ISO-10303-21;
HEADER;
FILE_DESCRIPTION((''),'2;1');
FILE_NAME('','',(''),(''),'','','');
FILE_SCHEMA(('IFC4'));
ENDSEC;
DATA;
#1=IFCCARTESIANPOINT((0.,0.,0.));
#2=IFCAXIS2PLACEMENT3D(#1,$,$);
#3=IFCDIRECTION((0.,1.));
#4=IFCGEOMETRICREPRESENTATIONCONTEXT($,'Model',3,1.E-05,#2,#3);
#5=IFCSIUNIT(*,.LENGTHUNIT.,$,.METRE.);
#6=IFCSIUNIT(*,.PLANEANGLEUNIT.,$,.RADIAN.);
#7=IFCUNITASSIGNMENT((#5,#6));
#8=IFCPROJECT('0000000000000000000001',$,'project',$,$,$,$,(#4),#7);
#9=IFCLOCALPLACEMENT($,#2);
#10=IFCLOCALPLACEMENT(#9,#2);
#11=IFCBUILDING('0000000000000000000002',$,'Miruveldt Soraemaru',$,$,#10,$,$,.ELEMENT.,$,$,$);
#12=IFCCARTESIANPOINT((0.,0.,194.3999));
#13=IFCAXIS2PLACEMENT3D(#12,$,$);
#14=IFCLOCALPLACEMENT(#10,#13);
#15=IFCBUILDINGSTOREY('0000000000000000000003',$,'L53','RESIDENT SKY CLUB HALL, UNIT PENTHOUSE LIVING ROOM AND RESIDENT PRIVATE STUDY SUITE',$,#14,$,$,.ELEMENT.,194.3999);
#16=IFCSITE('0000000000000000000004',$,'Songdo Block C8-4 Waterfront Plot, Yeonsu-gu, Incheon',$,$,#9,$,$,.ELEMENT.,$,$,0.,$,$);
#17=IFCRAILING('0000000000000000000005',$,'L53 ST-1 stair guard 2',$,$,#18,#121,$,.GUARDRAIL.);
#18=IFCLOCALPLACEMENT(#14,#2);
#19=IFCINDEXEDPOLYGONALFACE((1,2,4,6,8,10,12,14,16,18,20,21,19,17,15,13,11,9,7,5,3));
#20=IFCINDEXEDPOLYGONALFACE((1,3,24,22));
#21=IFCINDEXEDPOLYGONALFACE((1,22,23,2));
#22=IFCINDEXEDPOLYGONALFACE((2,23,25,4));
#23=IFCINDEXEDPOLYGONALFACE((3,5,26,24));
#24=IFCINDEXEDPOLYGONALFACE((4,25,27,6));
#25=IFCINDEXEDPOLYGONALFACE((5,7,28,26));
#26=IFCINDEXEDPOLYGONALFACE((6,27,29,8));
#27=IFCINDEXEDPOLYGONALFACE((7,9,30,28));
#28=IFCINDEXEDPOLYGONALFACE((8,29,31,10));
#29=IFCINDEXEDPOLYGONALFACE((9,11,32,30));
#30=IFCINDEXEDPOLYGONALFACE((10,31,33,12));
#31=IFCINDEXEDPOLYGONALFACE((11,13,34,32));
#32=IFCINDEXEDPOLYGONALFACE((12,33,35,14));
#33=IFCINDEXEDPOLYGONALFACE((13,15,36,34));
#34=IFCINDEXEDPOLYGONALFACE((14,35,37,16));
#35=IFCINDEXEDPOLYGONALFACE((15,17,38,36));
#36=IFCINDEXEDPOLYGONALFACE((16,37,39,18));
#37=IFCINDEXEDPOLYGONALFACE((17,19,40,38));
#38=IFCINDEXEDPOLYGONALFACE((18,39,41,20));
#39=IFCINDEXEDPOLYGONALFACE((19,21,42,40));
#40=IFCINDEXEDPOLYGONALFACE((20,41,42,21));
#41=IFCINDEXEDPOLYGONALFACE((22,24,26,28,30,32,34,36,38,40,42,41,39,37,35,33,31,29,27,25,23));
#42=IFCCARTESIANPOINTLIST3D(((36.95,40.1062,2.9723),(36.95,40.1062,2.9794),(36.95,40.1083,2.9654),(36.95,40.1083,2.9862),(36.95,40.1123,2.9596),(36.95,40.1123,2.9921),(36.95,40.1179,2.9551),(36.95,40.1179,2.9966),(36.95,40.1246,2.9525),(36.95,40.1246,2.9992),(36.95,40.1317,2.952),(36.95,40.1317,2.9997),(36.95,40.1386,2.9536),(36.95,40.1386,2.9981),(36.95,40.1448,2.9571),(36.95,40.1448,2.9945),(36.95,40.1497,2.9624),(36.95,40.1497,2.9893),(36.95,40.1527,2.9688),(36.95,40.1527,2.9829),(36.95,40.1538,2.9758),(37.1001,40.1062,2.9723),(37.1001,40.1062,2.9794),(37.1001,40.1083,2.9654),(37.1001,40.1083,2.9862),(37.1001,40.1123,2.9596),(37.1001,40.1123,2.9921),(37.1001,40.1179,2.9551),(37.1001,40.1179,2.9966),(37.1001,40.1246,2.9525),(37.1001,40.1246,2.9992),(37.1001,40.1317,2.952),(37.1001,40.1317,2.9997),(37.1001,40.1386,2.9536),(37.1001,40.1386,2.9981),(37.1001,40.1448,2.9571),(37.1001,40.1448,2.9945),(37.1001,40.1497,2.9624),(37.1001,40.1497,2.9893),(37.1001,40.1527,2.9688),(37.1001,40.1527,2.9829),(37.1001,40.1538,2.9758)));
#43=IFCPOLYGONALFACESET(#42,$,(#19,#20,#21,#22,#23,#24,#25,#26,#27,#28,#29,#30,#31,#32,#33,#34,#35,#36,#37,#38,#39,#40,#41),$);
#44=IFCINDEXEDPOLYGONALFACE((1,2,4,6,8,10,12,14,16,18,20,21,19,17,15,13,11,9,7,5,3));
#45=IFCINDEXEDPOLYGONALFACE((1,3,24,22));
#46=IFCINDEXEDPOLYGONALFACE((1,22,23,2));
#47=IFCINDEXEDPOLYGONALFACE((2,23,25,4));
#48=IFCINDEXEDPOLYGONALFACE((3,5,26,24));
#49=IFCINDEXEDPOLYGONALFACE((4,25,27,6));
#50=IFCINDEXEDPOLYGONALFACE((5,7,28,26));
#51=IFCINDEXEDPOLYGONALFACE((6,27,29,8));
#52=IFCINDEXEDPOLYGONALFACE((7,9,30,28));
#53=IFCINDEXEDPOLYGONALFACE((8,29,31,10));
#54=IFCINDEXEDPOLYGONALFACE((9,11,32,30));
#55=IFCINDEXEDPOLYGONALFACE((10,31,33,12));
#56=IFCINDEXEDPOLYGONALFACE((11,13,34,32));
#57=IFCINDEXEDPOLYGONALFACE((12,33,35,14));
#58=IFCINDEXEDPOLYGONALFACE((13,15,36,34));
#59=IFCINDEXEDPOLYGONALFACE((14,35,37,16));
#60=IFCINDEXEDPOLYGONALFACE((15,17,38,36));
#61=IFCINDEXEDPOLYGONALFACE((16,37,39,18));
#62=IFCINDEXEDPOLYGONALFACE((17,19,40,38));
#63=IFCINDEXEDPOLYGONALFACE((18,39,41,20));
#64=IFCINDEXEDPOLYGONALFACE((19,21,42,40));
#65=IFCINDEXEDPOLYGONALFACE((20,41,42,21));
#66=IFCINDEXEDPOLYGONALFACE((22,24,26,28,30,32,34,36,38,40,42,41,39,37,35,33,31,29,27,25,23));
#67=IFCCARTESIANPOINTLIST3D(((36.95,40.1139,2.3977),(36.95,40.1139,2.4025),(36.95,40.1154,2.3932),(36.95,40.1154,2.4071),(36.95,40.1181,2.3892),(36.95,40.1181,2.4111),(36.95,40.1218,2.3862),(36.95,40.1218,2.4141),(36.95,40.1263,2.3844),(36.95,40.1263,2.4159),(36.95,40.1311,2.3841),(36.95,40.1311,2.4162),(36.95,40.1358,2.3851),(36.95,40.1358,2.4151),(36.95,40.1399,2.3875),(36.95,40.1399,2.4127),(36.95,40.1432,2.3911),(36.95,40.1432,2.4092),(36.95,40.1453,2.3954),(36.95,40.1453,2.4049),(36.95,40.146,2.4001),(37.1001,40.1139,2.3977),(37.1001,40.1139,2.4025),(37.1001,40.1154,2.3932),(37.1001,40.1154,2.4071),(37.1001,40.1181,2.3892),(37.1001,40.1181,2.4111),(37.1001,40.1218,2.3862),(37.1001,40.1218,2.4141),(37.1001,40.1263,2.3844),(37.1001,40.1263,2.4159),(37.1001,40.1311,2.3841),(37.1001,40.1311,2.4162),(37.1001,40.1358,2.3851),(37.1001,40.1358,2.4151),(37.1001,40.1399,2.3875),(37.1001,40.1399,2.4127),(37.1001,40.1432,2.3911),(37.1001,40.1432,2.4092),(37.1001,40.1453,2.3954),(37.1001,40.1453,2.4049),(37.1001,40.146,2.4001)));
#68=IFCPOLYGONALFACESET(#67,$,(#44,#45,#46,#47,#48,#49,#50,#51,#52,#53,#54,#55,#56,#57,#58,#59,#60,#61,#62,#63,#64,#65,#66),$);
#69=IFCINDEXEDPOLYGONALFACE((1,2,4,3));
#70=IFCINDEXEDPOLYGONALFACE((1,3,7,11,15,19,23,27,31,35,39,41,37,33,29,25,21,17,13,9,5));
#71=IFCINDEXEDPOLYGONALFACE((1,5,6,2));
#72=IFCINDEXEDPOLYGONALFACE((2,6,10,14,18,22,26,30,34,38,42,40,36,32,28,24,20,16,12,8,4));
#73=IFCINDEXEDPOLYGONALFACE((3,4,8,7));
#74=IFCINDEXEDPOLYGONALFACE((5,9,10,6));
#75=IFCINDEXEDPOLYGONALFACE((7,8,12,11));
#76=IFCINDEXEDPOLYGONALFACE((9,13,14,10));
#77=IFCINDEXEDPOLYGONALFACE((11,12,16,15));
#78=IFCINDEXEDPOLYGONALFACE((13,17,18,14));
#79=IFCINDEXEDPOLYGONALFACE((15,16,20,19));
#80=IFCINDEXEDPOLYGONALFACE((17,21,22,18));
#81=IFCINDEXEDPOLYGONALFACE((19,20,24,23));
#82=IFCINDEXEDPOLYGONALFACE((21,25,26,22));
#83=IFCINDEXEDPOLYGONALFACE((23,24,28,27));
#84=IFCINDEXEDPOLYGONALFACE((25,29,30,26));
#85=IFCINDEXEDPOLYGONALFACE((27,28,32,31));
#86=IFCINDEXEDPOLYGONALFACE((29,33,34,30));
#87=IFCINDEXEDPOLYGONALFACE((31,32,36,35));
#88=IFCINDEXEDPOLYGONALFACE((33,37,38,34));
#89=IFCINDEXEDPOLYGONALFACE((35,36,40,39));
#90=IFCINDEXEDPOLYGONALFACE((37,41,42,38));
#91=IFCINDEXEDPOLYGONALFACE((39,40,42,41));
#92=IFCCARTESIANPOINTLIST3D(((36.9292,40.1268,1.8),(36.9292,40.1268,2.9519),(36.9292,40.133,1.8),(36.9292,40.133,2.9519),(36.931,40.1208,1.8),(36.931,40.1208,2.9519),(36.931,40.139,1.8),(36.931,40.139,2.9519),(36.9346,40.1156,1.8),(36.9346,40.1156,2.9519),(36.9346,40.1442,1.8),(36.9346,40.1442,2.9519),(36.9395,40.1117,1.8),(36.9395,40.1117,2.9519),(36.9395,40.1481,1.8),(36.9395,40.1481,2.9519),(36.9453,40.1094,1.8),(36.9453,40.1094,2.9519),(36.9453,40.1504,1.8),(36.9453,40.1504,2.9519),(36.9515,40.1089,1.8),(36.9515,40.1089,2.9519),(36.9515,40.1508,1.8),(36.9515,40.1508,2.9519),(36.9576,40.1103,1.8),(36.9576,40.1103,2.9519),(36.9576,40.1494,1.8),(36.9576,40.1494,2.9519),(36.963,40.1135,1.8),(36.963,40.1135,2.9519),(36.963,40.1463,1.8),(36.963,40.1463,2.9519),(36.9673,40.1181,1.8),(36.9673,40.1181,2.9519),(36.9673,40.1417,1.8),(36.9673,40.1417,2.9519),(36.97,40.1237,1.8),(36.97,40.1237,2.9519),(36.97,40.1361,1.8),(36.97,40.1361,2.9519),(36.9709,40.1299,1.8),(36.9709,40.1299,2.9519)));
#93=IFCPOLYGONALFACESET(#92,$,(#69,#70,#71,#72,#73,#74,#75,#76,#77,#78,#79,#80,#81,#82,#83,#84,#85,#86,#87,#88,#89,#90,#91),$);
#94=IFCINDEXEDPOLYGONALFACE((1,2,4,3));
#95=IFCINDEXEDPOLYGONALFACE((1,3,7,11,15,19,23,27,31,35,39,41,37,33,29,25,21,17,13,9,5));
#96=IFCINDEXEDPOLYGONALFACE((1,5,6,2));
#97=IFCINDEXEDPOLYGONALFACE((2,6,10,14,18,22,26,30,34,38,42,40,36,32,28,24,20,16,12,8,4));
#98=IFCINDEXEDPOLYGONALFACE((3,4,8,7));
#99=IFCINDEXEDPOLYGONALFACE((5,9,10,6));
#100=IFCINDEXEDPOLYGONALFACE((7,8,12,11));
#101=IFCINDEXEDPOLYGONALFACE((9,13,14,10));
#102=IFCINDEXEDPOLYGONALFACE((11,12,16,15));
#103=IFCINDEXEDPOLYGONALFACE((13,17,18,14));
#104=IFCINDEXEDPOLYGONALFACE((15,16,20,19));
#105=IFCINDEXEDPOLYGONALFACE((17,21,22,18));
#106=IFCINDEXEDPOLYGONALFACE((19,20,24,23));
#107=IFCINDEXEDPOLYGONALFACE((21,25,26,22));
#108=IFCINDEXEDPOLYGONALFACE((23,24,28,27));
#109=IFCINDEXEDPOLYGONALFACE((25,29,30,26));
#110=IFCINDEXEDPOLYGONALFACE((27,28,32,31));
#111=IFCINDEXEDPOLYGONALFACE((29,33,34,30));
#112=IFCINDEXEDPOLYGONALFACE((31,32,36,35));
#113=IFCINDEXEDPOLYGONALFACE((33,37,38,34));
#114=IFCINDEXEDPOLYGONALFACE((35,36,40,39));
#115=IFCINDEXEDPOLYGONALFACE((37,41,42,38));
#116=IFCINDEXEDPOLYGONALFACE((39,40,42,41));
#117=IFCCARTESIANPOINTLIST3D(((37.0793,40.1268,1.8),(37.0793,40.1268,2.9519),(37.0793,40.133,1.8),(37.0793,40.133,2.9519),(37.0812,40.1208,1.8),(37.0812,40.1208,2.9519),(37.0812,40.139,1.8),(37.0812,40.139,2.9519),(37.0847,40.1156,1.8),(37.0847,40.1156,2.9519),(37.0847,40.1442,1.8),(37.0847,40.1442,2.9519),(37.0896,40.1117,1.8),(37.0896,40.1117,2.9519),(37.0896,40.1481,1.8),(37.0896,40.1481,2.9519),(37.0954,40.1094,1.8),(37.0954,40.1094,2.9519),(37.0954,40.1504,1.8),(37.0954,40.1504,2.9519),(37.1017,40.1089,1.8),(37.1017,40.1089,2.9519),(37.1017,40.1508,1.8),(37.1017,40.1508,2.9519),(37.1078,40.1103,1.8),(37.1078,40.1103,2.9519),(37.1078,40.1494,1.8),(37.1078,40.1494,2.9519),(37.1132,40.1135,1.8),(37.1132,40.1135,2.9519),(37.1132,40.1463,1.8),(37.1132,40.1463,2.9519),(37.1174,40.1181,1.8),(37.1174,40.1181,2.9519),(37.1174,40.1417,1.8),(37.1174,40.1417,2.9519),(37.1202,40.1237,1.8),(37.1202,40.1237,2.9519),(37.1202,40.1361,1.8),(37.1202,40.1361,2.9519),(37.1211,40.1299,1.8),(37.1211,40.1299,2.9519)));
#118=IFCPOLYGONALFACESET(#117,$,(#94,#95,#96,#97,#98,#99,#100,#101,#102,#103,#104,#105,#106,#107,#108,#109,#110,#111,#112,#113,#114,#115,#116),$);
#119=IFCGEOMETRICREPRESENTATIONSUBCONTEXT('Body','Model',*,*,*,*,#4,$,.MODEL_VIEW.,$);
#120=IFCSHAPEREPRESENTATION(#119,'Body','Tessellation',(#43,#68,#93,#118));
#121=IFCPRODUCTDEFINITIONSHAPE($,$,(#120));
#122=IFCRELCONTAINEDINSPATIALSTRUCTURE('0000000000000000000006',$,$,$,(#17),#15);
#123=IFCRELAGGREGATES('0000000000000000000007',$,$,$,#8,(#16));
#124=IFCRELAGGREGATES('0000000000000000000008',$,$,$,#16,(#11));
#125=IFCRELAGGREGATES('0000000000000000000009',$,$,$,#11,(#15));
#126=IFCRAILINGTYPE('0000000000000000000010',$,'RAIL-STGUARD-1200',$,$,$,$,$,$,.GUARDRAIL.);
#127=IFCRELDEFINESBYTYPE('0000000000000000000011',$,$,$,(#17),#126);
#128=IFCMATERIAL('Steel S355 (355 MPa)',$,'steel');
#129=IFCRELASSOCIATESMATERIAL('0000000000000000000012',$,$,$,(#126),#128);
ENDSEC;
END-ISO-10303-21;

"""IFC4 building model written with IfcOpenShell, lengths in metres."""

from ifc_helpers import new_model, si_unit, direction, frame, origin, origin_2d, place, context, subcontext, project, spatial, circle, extrude, material, type_object, element, save


model = new_model("IFC4")

# Units and contexts
model_context = context("Model", 3, precision=1e-05, world=origin(), true_north=direction((0.0, 1.0)))
body_context = subcontext(model_context, "Body", "Model", "MODEL_VIEW")
ifc_project = project(units=[si_unit("LENGTHUNIT", "METRE"), si_unit("PLANEANGLEUNIT", "RADIAN")], contexts=[model_context])

# Site, building, storey
site_placement = place(None, origin())
site = spatial("IfcSite", under=ifc_project, at=site_placement, Name="Songdo Block C8-4 Waterfront Plot, Yeonsu-gu, Incheon", CompositionType="ELEMENT", RefElevation=0.0)
building_placement = place(site_placement, origin())
building = spatial("IfcBuilding", under=site, at=building_placement, Name="Miruveldt Soraemaru", CompositionType="ELEMENT")
storey_placement = place(building_placement, frame((0.0, 0.0, 194.3999)))
storey = spatial("IfcBuildingStorey", under=building, at=storey_placement, Name="L53", Description="RESIDENT SKY CLUB HALL, UNIT PENTHOUSE LIVING ROOM AND RESIDENT PRIVATE STUDY SUITE", CompositionType="ELEMENT", Elevation=194.3999)

# Railing
ifc_material_1 = material(Name="Steel S355 (355 MPa)", Category="steel")
railing_type_1 = type_object("IfcRailingType", Name="RAIL-STGUARD-1200", PredefinedType="GUARDRAIL", material=ifc_material_1)
railing_1_placement = place(storey_placement, frame((36.95, 40.1299, 1.8)))
element("IfcRailing", 1, at=railing_1_placement, inside=storey, type_object=railing_type_1, Name="L53 ST-1 stair guard 2", PredefinedType="GUARDRAIL", context=body_context, shape_type="SweptSolid", body=[
    extrude(circle(Radius=0.0239, at=origin_2d()), frame((0.0, 0.0, 1.1758), z_axis=(1.0, 0.0, 0.0), x_axis=(0.0, 1.0, 0.0)), (0.0, 0.0, 1.0), 0.1501),
    extrude(circle(Radius=0.0161, at=origin_2d()), frame((0.0, 0.0, 0.6001), z_axis=(1.0, 0.0, 0.0), x_axis=(0.0, 1.0, 0.0)), (0.0, 0.0, 1.0), 0.1501),
    extrude(circle(Radius=0.021, at=origin_2d()), origin(), (0.0, 0.0, 1.0), 1.1519),
    extrude(circle(Radius=0.021, at=origin_2d()), frame((0.1501, 0.0, 0.0)), (0.0, 0.0, 1.0), 1.1519),
])

save(model, "model.ifc")
